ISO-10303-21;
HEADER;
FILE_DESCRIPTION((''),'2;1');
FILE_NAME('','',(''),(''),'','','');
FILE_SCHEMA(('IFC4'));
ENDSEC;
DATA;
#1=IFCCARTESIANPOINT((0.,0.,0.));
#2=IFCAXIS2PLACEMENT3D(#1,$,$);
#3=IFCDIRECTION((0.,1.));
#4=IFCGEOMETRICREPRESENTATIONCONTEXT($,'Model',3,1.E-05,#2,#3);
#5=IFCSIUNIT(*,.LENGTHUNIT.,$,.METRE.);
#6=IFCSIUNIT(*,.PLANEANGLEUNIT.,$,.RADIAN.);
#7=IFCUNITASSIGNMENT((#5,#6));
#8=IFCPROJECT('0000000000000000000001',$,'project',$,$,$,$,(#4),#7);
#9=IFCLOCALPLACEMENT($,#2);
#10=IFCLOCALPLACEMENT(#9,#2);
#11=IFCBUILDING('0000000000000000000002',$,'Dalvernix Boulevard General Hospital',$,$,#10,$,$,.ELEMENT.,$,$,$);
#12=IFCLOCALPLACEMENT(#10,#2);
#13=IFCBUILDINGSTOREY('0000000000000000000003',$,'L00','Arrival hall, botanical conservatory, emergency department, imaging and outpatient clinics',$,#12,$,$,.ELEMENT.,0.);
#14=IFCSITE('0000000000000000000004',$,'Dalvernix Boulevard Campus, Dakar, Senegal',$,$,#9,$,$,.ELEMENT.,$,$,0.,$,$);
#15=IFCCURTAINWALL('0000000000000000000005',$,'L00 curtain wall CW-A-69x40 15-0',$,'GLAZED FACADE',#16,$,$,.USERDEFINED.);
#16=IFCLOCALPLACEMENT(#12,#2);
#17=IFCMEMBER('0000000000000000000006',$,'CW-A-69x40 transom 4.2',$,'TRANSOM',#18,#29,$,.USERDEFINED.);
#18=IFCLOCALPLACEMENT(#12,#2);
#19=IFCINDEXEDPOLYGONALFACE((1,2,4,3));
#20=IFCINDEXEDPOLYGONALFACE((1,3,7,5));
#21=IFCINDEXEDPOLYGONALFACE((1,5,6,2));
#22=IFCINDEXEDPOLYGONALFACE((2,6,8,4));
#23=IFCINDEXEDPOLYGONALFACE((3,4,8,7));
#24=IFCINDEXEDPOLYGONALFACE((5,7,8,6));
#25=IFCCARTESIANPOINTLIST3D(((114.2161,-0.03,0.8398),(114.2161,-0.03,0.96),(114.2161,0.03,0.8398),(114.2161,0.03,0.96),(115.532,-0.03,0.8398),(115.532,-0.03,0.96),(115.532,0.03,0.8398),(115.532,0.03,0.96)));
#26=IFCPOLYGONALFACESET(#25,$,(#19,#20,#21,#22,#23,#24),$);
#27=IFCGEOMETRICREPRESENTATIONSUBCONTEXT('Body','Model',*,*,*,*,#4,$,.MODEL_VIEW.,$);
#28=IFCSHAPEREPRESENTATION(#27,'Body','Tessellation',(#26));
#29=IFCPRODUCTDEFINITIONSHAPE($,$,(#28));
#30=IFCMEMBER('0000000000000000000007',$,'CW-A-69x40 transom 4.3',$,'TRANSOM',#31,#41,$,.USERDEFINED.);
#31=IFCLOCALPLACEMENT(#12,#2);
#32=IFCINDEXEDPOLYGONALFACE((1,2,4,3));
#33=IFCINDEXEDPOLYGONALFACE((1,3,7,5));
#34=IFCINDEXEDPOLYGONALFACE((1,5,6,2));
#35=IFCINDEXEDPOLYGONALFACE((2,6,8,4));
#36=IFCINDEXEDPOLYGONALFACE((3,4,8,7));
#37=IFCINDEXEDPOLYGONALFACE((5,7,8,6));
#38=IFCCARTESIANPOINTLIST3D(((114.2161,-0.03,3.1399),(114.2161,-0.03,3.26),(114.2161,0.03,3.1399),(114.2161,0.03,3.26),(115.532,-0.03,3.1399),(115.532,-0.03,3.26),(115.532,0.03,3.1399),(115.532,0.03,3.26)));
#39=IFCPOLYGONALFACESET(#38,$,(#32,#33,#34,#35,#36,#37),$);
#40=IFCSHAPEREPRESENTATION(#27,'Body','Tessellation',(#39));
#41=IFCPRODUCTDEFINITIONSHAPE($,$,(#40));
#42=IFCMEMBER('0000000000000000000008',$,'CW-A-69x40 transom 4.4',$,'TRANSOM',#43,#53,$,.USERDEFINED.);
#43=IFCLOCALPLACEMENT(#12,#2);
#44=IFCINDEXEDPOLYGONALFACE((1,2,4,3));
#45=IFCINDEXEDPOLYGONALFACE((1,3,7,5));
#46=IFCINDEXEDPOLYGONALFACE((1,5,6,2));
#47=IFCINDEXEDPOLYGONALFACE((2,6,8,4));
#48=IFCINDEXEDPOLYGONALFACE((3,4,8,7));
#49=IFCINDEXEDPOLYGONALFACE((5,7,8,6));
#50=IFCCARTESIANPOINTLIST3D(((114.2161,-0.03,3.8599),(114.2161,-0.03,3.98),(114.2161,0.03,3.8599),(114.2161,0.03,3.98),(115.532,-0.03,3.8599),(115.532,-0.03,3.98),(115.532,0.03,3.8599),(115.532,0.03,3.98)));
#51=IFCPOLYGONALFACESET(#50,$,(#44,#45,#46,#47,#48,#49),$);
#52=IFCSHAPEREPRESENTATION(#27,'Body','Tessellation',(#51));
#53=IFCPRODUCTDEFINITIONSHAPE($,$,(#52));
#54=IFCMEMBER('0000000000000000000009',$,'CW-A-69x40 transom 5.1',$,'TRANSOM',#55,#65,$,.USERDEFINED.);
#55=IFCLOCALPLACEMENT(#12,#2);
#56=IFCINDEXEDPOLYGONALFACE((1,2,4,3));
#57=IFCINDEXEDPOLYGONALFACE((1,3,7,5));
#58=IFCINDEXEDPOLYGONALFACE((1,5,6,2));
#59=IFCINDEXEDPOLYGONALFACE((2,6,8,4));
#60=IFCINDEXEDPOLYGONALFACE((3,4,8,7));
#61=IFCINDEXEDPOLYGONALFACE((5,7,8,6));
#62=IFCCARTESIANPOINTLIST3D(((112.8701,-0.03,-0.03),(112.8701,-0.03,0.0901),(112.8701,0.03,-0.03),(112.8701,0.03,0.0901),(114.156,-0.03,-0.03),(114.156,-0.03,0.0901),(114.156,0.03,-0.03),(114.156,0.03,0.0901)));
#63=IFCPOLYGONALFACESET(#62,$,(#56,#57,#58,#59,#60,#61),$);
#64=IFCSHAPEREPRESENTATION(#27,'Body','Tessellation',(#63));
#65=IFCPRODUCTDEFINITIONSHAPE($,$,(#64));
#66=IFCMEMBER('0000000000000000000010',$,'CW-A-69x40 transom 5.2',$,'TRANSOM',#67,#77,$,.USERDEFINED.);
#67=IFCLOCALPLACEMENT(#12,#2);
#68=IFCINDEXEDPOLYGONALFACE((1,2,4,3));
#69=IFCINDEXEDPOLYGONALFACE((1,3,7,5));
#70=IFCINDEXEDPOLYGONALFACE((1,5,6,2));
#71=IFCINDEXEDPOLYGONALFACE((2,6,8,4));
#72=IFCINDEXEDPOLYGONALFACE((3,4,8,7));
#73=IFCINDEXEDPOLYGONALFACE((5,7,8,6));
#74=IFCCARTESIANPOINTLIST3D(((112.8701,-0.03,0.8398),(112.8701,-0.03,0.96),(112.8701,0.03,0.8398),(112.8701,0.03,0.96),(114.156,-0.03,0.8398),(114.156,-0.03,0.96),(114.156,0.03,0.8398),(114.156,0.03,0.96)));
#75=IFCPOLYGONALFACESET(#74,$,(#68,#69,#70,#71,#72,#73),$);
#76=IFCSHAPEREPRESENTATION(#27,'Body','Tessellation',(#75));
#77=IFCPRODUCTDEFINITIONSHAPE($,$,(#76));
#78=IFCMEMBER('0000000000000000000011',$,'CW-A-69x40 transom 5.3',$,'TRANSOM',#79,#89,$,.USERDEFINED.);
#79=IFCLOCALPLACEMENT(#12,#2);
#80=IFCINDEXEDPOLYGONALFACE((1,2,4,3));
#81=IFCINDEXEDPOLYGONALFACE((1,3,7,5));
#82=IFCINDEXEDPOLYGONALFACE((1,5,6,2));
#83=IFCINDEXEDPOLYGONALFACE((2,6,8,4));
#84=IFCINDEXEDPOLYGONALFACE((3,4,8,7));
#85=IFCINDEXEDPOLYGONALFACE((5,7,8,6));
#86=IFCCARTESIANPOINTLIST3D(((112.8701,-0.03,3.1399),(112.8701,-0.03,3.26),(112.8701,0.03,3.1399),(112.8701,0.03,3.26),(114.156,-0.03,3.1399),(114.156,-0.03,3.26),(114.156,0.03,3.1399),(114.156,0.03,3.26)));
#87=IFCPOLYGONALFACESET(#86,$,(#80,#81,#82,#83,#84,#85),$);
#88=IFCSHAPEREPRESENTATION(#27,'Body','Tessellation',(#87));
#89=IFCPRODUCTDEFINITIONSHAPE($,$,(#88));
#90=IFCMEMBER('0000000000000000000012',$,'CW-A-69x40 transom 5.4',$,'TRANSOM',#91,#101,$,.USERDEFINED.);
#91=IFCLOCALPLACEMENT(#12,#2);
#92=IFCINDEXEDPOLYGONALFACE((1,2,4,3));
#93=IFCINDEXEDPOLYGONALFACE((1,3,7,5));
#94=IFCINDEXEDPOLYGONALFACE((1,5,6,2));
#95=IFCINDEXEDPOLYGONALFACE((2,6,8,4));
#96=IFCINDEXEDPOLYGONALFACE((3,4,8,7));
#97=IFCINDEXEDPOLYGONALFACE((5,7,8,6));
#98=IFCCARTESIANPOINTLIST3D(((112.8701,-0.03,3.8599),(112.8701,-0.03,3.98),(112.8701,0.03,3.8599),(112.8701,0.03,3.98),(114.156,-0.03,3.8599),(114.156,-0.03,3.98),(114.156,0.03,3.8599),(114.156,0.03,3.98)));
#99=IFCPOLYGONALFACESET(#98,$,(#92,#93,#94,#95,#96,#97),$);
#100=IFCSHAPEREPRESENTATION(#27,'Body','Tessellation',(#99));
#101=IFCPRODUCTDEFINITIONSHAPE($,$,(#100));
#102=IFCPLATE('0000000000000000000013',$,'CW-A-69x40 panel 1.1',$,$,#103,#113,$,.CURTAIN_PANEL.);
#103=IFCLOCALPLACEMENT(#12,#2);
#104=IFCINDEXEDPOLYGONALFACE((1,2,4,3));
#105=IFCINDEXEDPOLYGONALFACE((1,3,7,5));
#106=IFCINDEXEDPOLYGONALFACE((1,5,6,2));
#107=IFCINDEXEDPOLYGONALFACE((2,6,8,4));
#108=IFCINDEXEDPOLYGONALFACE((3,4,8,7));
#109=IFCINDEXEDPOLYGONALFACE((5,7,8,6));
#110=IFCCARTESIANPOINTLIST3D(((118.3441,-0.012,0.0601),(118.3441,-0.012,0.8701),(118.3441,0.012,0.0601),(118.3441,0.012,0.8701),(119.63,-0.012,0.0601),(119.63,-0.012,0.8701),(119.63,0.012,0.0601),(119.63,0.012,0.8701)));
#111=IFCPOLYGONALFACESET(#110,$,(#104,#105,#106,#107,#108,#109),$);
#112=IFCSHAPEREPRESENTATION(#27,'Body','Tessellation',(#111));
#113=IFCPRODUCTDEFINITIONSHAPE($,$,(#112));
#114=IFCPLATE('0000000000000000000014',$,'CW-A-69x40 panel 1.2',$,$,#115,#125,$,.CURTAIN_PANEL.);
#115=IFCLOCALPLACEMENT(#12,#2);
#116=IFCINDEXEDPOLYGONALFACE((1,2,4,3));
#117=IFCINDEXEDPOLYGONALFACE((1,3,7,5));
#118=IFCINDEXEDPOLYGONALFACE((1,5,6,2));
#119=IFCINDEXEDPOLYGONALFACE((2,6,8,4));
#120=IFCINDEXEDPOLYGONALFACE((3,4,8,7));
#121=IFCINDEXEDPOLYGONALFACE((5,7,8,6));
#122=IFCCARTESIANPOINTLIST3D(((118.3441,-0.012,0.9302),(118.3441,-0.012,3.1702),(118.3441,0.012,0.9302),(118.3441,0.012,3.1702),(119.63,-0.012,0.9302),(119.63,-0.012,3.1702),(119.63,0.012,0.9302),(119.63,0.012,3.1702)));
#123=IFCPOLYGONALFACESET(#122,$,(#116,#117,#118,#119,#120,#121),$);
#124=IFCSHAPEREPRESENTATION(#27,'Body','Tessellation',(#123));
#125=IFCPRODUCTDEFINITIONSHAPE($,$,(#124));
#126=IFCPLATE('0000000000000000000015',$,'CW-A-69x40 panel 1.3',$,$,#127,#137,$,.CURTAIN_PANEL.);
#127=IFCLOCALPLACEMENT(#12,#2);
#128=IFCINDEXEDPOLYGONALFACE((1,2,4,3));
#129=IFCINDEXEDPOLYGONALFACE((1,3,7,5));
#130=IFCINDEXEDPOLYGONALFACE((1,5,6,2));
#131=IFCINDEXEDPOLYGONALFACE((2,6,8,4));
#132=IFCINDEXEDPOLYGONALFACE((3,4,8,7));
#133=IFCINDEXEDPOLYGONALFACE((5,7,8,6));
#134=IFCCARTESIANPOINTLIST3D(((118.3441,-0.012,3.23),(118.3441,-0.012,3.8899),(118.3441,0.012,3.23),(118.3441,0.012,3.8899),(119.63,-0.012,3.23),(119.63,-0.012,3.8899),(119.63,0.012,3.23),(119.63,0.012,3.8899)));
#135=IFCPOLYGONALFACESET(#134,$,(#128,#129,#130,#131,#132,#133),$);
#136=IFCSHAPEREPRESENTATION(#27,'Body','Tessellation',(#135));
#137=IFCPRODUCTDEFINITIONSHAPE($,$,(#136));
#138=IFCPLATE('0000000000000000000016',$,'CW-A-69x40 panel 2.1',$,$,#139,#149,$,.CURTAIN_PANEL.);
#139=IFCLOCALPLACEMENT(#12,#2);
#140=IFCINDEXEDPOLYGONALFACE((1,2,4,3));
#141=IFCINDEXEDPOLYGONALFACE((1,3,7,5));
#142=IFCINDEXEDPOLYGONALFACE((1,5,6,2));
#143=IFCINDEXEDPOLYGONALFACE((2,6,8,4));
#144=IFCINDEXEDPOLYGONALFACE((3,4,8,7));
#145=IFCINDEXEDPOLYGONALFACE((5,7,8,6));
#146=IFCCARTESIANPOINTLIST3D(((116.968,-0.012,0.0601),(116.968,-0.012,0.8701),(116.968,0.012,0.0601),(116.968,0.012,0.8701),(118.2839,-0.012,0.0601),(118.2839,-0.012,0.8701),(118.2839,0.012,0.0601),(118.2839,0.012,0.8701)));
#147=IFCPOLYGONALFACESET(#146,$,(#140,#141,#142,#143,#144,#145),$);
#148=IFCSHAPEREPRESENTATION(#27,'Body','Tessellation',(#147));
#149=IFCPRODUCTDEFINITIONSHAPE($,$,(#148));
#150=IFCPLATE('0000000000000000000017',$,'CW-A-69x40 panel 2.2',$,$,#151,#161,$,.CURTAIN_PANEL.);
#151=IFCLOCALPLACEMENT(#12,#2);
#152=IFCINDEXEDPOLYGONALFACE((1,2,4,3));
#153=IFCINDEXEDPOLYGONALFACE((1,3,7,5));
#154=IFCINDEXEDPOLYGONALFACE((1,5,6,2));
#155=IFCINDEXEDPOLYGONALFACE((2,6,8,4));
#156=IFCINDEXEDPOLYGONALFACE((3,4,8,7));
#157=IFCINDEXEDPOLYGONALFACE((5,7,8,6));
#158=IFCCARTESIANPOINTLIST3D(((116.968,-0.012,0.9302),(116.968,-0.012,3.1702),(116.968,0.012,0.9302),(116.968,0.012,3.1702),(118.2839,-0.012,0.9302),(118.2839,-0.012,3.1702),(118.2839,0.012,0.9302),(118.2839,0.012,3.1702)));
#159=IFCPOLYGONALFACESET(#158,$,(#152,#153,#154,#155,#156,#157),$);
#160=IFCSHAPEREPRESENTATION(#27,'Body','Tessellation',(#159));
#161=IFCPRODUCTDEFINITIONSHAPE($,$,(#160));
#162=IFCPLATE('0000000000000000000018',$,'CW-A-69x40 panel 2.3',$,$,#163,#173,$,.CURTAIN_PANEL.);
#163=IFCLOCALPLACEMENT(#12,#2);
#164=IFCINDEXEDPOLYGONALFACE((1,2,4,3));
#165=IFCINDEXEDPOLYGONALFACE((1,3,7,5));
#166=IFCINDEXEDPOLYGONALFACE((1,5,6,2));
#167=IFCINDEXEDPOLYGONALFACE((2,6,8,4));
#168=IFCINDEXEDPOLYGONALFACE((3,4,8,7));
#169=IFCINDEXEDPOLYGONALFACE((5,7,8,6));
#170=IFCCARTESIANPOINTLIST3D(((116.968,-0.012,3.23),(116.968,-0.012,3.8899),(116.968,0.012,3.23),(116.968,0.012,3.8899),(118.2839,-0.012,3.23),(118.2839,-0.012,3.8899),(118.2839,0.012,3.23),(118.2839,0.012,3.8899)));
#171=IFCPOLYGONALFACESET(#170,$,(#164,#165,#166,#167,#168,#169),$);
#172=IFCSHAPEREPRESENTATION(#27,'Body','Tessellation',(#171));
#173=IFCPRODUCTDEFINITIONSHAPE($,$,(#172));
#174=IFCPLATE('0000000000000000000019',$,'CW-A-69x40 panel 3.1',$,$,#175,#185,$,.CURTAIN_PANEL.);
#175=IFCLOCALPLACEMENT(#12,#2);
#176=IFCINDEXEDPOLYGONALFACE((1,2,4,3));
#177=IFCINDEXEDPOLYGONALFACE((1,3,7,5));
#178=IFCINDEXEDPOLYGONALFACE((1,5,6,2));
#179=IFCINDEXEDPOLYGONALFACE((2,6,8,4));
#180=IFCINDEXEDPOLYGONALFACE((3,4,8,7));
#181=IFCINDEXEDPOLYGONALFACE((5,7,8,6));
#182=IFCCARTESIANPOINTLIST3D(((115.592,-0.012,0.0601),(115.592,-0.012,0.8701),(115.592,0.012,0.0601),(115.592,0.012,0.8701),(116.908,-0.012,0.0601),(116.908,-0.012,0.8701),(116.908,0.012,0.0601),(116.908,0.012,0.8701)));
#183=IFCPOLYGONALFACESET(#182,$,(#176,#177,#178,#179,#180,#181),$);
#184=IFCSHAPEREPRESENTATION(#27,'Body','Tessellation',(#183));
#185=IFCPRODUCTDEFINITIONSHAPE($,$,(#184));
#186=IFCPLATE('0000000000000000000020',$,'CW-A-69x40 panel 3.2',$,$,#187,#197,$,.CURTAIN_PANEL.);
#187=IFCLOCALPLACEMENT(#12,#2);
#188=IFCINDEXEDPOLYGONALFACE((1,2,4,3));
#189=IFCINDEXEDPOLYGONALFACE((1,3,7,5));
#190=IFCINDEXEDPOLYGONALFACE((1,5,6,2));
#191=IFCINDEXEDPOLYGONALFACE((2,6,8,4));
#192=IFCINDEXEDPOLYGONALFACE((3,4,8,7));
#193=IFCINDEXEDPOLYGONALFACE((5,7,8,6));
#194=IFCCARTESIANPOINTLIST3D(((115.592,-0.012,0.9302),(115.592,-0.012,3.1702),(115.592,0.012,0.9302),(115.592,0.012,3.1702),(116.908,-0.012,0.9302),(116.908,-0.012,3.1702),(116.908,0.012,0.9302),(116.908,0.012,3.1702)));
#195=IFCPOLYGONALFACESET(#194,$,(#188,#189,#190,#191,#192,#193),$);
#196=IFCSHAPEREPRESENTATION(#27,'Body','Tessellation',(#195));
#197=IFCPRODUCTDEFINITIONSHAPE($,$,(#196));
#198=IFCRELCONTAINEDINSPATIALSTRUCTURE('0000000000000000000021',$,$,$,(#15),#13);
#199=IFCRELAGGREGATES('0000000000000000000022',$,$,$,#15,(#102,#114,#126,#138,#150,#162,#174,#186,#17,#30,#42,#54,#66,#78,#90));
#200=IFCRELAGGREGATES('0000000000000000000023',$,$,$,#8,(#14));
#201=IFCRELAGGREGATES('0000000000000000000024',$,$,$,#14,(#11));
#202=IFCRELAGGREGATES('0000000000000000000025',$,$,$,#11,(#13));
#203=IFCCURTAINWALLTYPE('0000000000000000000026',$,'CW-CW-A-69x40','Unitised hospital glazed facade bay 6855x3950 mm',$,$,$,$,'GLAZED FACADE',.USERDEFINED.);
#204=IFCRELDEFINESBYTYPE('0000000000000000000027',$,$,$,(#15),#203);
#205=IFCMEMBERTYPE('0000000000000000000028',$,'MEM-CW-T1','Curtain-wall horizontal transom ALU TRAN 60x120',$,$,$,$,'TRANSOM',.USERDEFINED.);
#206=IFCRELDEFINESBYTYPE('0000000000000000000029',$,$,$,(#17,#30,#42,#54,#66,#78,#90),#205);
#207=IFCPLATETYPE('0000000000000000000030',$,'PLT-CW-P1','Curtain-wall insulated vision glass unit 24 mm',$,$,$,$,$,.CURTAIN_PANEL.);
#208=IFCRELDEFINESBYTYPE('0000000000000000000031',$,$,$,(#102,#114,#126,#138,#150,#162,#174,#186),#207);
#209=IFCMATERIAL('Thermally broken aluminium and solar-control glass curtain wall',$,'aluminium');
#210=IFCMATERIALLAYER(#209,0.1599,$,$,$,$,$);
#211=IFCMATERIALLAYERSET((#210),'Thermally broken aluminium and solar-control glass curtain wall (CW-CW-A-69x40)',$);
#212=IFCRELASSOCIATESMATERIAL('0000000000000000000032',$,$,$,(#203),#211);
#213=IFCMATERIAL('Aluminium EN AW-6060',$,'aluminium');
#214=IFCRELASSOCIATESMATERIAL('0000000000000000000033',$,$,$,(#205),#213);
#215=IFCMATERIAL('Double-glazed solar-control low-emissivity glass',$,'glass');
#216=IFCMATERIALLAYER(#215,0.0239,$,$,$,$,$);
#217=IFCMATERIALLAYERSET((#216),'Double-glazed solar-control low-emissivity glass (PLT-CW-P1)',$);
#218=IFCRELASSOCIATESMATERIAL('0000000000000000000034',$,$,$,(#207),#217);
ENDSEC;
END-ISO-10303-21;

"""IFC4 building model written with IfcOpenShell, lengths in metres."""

from ifc_helpers import new_model, si_unit, direction, frame, origin, origin_2d, place, context, subcontext, project, spatial, rectangle, extrude, material, layer, layer_set, material_profile, profile_set, type_object, element, aggregate, save


model = new_model("IFC4")

# Units and contexts
model_context = context("Model", 3, precision=1e-05, world=origin(), true_north=direction((0.0, 1.0)))
body_context = subcontext(model_context, "Body", "Model", "MODEL_VIEW")
ifc_project = project(units=[si_unit("LENGTHUNIT", "METRE"), si_unit("PLANEANGLEUNIT", "RADIAN")], contexts=[model_context])

# Site, building, storey
site_placement = place(None, origin())
site = spatial("IfcSite", under=ifc_project, at=site_placement, Name="Dalvernix Boulevard Campus, Dakar, Senegal", CompositionType="ELEMENT", RefElevation=0.0)
building_placement = place(site_placement, origin())
building = spatial("IfcBuilding", under=site, at=building_placement, Name="Dalvernix Boulevard General Hospital", CompositionType="ELEMENT")
storey_placement = place(building_placement, origin())
storey = spatial("IfcBuildingStorey", under=building, at=storey_placement, Name="L00", Description="Arrival hall, botanical conservatory, emergency department, imaging and outpatient clinics", CompositionType="ELEMENT", Elevation=0.0)

# Curtain wall, members, plates
ifc_material_1 = material(Name="Thermally broken aluminium and solar-control glass curtain wall", Category="aluminium")
ifc_layer_1 = layer(ifc_material_1, 0.1599)
ifc_layer_set_1 = layer_set([ifc_layer_1], Name="Thermally broken aluminium and solar-control glass curtain wall (CW-CW-A-69x40)")
curtain_wall_type = type_object("IfcCurtainWallType", Name="CW-CW-A-69x40", Description="Unitised hospital glazed facade bay 6855x3950 mm", ElementType="GLAZED FACADE", PredefinedType="USERDEFINED", material=ifc_layer_set_1)
curtain_wall_placement = place(storey_placement, origin())
curtain_wall = element("IfcCurtainWall", 1, at=curtain_wall_placement, inside=storey, type_object=curtain_wall_type, Name="L00 curtain wall CW-A-69x40 15-0", ObjectType="GLAZED FACADE", PredefinedType="USERDEFINED")
ifc_material_2 = material(Name="Aluminium EN AW-6060", Category="aluminium")
ifc_material_profile_1 = material_profile(ifc_material_2, rectangle(XDim=0.0601, YDim=0.1201, at=origin_2d()), Name="ALU TRAN 60x120")
ifc_profile_set_1 = profile_set([ifc_material_profile_1], Name="Aluminium EN AW-6060")
member_type_1 = type_object("IfcMemberType", Name="MEM-CW-T1", Description="Curtain-wall horizontal transom ALU TRAN 60x120", ElementType="TRANSOM", PredefinedType="USERDEFINED", material=ifc_profile_set_1)
member_1_placement = place(storey_placement, frame((115.532, 0.0, 0.8999), z_axis=(-1.0, 0.0, 0.0), x_axis=(0.0, -1.0, 0.0)))
member_1 = element("IfcMember", 2, at=member_1_placement, type_object=member_type_1, Name="CW-A-69x40 transom 4.2", ObjectType="TRANSOM", PredefinedType="USERDEFINED", context=body_context, shape_type="SweptSolid", body=[
    extrude(rectangle(XDim=0.0601, YDim=0.1201, at=origin_2d()), origin(), (0.0, 0.0, 1.0), 1.3159),
])
member_2_placement = place(storey_placement, frame((115.532, 0.0, 3.2), z_axis=(-1.0, 0.0, 0.0), x_axis=(0.0, -1.0, 0.0)))
member_2 = element("IfcMember", 3, at=member_2_placement, type_object=member_type_1, Name="CW-A-69x40 transom 4.3", ObjectType="TRANSOM", PredefinedType="USERDEFINED", context=body_context, shape_type="SweptSolid", body=[
    extrude(rectangle(XDim=0.0601, YDim=0.1201, at=origin_2d()), origin(), (0.0, 0.0, 1.0), 1.3159),
])
member_3_placement = place(storey_placement, frame((115.532, 0.0, 3.9199), z_axis=(-1.0, 0.0, 0.0), x_axis=(0.0, -1.0, 0.0)))
member_3 = element("IfcMember", 4, at=member_3_placement, type_object=member_type_1, Name="CW-A-69x40 transom 4.4", ObjectType="TRANSOM", PredefinedType="USERDEFINED", context=body_context, shape_type="SweptSolid", body=[
    extrude(rectangle(XDim=0.0601, YDim=0.1201, at=origin_2d()), origin(), (0.0, 0.0, 1.0), 1.3159),
])
member_4_placement = place(storey_placement, frame((114.156, 0.0, 0.03), z_axis=(-1.0, 0.0, 0.0), x_axis=(0.0, -1.0, 0.0)))
member_4 = element("IfcMember", 5, at=member_4_placement, type_object=member_type_1, Name="CW-A-69x40 transom 5.1", ObjectType="TRANSOM", PredefinedType="USERDEFINED", context=body_context, shape_type="SweptSolid", body=[
    extrude(rectangle(XDim=0.0601, YDim=0.1201, at=origin_2d()), origin(), (0.0, 0.0, 1.0), 1.2859),
])
member_5_placement = place(storey_placement, frame((114.156, 0.0, 0.8999), z_axis=(-1.0, 0.0, 0.0), x_axis=(0.0, -1.0, 0.0)))
member_5 = element("IfcMember", 6, at=member_5_placement, type_object=member_type_1, Name="CW-A-69x40 transom 5.2", ObjectType="TRANSOM", PredefinedType="USERDEFINED", context=body_context, shape_type="SweptSolid", body=[
    extrude(rectangle(XDim=0.0601, YDim=0.1201, at=origin_2d()), origin(), (0.0, 0.0, 1.0), 1.2859),
])
member_6_placement = place(storey_placement, frame((114.156, 0.0, 3.2), z_axis=(-1.0, 0.0, 0.0), x_axis=(0.0, -1.0, 0.0)))
member_6 = element("IfcMember", 7, at=member_6_placement, type_object=member_type_1, Name="CW-A-69x40 transom 5.3", ObjectType="TRANSOM", PredefinedType="USERDEFINED", context=body_context, shape_type="SweptSolid", body=[
    extrude(rectangle(XDim=0.0601, YDim=0.1201, at=origin_2d()), origin(), (0.0, 0.0, 1.0), 1.2859),
])
member_7_placement = place(storey_placement, frame((114.156, 0.0, 3.9199), z_axis=(-1.0, 0.0, 0.0), x_axis=(0.0, -1.0, 0.0)))
member_7 = element("IfcMember", 8, at=member_7_placement, type_object=member_type_1, Name="CW-A-69x40 transom 5.4", ObjectType="TRANSOM", PredefinedType="USERDEFINED", context=body_context, shape_type="SweptSolid", body=[
    extrude(rectangle(XDim=0.0601, YDim=0.1201, at=origin_2d()), origin(), (0.0, 0.0, 1.0), 1.2859),
])
ifc_material_3 = material(Name="Double-glazed solar-control low-emissivity glass", Category="glass")
ifc_layer_2 = layer(ifc_material_3, 0.0239)
ifc_layer_set_2 = layer_set([ifc_layer_2], Name="Double-glazed solar-control low-emissivity glass (PLT-CW-P1)")
plate_type = type_object("IfcPlateType", Name="PLT-CW-P1", Description="Curtain-wall insulated vision glass unit 24 mm", PredefinedType="CURTAIN_PANEL", material=ifc_layer_set_2)
plate_1_placement = place(storey_placement, frame((118.9871, 0.0, 0.0601), z_axis=(0.0, 0.0, 1.0), x_axis=(-1.0, 0.0, 0.0)))
plate_1 = element("IfcPlate", 9, at=plate_1_placement, type_object=plate_type, Name="CW-A-69x40 panel 1.1", PredefinedType="CURTAIN_PANEL", context=body_context, shape_type="SweptSolid", body=[
    extrude(rectangle(XDim=1.2859, YDim=0.0239, at=origin_2d()), origin(), (0.0, 0.0, 1.0), 0.8101),
])
plate_2_placement = place(storey_placement, frame((118.9871, 0.0, 0.9302), z_axis=(0.0, 0.0, 1.0), x_axis=(-1.0, 0.0, 0.0)))
plate_2 = element("IfcPlate", 10, at=plate_2_placement, type_object=plate_type, Name="CW-A-69x40 panel 1.2", PredefinedType="CURTAIN_PANEL", context=body_context, shape_type="SweptSolid", body=[
    extrude(rectangle(XDim=1.2859, YDim=0.0239, at=origin_2d()), origin(), (0.0, 0.0, 1.0), 2.24),
])
plate_3_placement = place(storey_placement, frame((118.9871, 0.0, 3.23), z_axis=(0.0, 0.0, 1.0), x_axis=(-1.0, 0.0, 0.0)))
plate_3 = element("IfcPlate", 11, at=plate_3_placement, type_object=plate_type, Name="CW-A-69x40 panel 1.3", PredefinedType="CURTAIN_PANEL", context=body_context, shape_type="SweptSolid", body=[
    extrude(rectangle(XDim=1.2859, YDim=0.0239, at=origin_2d()), origin(), (0.0, 0.0, 1.0), 0.6599),
])
plate_4_placement = place(storey_placement, frame((117.626, 0.0, 0.0601), z_axis=(0.0, 0.0, 1.0), x_axis=(-1.0, 0.0, 0.0)))
plate_4 = element("IfcPlate", 12, at=plate_4_placement, type_object=plate_type, Name="CW-A-69x40 panel 2.1", PredefinedType="CURTAIN_PANEL", context=body_context, shape_type="SweptSolid", body=[
    extrude(rectangle(XDim=1.3159, YDim=0.0239, at=origin_2d()), origin(), (0.0, 0.0, 1.0), 0.8101),
])
plate_5_placement = place(storey_placement, frame((117.626, 0.0, 0.9302), z_axis=(0.0, 0.0, 1.0), x_axis=(-1.0, 0.0, 0.0)))
plate_5 = element("IfcPlate", 13, at=plate_5_placement, type_object=plate_type, Name="CW-A-69x40 panel 2.2", PredefinedType="CURTAIN_PANEL", context=body_context, shape_type="SweptSolid", body=[
    extrude(rectangle(XDim=1.3159, YDim=0.0239, at=origin_2d()), origin(), (0.0, 0.0, 1.0), 2.24),
])
plate_6_placement = place(storey_placement, frame((117.626, 0.0, 3.23), z_axis=(0.0, 0.0, 1.0), x_axis=(-1.0, 0.0, 0.0)))
plate_6 = element("IfcPlate", 14, at=plate_6_placement, type_object=plate_type, Name="CW-A-69x40 panel 2.3", PredefinedType="CURTAIN_PANEL", context=body_context, shape_type="SweptSolid", body=[
    extrude(rectangle(XDim=1.3159, YDim=0.0239, at=origin_2d()), origin(), (0.0, 0.0, 1.0), 0.6599),
])
plate_7_placement = place(storey_placement, frame((116.25, 0.0, 0.0601), z_axis=(0.0, 0.0, 1.0), x_axis=(-1.0, 0.0, 0.0)))
plate_7 = element("IfcPlate", 15, at=plate_7_placement, type_object=plate_type, Name="CW-A-69x40 panel 3.1", PredefinedType="CURTAIN_PANEL", context=body_context, shape_type="SweptSolid", body=[
    extrude(rectangle(XDim=1.3159, YDim=0.0239, at=origin_2d()), origin(), (0.0, 0.0, 1.0), 0.8101),
])
plate_8_placement = place(storey_placement, frame((116.25, 0.0, 0.9302), z_axis=(0.0, 0.0, 1.0), x_axis=(-1.0, 0.0, 0.0)))
plate_8 = element("IfcPlate", 16, at=plate_8_placement, type_object=plate_type, Name="CW-A-69x40 panel 3.2", PredefinedType="CURTAIN_PANEL", context=body_context, shape_type="SweptSolid", body=[
    extrude(rectangle(XDim=1.3159, YDim=0.0239, at=origin_2d()), origin(), (0.0, 0.0, 1.0), 2.24),
])
aggregate(curtain_wall, [plate_1, plate_2, plate_3, plate_4, plate_5, plate_6, plate_7, plate_8, member_1, member_2, member_3, member_4, member_5, member_6, member_7])

save(model, "model.ifc")
